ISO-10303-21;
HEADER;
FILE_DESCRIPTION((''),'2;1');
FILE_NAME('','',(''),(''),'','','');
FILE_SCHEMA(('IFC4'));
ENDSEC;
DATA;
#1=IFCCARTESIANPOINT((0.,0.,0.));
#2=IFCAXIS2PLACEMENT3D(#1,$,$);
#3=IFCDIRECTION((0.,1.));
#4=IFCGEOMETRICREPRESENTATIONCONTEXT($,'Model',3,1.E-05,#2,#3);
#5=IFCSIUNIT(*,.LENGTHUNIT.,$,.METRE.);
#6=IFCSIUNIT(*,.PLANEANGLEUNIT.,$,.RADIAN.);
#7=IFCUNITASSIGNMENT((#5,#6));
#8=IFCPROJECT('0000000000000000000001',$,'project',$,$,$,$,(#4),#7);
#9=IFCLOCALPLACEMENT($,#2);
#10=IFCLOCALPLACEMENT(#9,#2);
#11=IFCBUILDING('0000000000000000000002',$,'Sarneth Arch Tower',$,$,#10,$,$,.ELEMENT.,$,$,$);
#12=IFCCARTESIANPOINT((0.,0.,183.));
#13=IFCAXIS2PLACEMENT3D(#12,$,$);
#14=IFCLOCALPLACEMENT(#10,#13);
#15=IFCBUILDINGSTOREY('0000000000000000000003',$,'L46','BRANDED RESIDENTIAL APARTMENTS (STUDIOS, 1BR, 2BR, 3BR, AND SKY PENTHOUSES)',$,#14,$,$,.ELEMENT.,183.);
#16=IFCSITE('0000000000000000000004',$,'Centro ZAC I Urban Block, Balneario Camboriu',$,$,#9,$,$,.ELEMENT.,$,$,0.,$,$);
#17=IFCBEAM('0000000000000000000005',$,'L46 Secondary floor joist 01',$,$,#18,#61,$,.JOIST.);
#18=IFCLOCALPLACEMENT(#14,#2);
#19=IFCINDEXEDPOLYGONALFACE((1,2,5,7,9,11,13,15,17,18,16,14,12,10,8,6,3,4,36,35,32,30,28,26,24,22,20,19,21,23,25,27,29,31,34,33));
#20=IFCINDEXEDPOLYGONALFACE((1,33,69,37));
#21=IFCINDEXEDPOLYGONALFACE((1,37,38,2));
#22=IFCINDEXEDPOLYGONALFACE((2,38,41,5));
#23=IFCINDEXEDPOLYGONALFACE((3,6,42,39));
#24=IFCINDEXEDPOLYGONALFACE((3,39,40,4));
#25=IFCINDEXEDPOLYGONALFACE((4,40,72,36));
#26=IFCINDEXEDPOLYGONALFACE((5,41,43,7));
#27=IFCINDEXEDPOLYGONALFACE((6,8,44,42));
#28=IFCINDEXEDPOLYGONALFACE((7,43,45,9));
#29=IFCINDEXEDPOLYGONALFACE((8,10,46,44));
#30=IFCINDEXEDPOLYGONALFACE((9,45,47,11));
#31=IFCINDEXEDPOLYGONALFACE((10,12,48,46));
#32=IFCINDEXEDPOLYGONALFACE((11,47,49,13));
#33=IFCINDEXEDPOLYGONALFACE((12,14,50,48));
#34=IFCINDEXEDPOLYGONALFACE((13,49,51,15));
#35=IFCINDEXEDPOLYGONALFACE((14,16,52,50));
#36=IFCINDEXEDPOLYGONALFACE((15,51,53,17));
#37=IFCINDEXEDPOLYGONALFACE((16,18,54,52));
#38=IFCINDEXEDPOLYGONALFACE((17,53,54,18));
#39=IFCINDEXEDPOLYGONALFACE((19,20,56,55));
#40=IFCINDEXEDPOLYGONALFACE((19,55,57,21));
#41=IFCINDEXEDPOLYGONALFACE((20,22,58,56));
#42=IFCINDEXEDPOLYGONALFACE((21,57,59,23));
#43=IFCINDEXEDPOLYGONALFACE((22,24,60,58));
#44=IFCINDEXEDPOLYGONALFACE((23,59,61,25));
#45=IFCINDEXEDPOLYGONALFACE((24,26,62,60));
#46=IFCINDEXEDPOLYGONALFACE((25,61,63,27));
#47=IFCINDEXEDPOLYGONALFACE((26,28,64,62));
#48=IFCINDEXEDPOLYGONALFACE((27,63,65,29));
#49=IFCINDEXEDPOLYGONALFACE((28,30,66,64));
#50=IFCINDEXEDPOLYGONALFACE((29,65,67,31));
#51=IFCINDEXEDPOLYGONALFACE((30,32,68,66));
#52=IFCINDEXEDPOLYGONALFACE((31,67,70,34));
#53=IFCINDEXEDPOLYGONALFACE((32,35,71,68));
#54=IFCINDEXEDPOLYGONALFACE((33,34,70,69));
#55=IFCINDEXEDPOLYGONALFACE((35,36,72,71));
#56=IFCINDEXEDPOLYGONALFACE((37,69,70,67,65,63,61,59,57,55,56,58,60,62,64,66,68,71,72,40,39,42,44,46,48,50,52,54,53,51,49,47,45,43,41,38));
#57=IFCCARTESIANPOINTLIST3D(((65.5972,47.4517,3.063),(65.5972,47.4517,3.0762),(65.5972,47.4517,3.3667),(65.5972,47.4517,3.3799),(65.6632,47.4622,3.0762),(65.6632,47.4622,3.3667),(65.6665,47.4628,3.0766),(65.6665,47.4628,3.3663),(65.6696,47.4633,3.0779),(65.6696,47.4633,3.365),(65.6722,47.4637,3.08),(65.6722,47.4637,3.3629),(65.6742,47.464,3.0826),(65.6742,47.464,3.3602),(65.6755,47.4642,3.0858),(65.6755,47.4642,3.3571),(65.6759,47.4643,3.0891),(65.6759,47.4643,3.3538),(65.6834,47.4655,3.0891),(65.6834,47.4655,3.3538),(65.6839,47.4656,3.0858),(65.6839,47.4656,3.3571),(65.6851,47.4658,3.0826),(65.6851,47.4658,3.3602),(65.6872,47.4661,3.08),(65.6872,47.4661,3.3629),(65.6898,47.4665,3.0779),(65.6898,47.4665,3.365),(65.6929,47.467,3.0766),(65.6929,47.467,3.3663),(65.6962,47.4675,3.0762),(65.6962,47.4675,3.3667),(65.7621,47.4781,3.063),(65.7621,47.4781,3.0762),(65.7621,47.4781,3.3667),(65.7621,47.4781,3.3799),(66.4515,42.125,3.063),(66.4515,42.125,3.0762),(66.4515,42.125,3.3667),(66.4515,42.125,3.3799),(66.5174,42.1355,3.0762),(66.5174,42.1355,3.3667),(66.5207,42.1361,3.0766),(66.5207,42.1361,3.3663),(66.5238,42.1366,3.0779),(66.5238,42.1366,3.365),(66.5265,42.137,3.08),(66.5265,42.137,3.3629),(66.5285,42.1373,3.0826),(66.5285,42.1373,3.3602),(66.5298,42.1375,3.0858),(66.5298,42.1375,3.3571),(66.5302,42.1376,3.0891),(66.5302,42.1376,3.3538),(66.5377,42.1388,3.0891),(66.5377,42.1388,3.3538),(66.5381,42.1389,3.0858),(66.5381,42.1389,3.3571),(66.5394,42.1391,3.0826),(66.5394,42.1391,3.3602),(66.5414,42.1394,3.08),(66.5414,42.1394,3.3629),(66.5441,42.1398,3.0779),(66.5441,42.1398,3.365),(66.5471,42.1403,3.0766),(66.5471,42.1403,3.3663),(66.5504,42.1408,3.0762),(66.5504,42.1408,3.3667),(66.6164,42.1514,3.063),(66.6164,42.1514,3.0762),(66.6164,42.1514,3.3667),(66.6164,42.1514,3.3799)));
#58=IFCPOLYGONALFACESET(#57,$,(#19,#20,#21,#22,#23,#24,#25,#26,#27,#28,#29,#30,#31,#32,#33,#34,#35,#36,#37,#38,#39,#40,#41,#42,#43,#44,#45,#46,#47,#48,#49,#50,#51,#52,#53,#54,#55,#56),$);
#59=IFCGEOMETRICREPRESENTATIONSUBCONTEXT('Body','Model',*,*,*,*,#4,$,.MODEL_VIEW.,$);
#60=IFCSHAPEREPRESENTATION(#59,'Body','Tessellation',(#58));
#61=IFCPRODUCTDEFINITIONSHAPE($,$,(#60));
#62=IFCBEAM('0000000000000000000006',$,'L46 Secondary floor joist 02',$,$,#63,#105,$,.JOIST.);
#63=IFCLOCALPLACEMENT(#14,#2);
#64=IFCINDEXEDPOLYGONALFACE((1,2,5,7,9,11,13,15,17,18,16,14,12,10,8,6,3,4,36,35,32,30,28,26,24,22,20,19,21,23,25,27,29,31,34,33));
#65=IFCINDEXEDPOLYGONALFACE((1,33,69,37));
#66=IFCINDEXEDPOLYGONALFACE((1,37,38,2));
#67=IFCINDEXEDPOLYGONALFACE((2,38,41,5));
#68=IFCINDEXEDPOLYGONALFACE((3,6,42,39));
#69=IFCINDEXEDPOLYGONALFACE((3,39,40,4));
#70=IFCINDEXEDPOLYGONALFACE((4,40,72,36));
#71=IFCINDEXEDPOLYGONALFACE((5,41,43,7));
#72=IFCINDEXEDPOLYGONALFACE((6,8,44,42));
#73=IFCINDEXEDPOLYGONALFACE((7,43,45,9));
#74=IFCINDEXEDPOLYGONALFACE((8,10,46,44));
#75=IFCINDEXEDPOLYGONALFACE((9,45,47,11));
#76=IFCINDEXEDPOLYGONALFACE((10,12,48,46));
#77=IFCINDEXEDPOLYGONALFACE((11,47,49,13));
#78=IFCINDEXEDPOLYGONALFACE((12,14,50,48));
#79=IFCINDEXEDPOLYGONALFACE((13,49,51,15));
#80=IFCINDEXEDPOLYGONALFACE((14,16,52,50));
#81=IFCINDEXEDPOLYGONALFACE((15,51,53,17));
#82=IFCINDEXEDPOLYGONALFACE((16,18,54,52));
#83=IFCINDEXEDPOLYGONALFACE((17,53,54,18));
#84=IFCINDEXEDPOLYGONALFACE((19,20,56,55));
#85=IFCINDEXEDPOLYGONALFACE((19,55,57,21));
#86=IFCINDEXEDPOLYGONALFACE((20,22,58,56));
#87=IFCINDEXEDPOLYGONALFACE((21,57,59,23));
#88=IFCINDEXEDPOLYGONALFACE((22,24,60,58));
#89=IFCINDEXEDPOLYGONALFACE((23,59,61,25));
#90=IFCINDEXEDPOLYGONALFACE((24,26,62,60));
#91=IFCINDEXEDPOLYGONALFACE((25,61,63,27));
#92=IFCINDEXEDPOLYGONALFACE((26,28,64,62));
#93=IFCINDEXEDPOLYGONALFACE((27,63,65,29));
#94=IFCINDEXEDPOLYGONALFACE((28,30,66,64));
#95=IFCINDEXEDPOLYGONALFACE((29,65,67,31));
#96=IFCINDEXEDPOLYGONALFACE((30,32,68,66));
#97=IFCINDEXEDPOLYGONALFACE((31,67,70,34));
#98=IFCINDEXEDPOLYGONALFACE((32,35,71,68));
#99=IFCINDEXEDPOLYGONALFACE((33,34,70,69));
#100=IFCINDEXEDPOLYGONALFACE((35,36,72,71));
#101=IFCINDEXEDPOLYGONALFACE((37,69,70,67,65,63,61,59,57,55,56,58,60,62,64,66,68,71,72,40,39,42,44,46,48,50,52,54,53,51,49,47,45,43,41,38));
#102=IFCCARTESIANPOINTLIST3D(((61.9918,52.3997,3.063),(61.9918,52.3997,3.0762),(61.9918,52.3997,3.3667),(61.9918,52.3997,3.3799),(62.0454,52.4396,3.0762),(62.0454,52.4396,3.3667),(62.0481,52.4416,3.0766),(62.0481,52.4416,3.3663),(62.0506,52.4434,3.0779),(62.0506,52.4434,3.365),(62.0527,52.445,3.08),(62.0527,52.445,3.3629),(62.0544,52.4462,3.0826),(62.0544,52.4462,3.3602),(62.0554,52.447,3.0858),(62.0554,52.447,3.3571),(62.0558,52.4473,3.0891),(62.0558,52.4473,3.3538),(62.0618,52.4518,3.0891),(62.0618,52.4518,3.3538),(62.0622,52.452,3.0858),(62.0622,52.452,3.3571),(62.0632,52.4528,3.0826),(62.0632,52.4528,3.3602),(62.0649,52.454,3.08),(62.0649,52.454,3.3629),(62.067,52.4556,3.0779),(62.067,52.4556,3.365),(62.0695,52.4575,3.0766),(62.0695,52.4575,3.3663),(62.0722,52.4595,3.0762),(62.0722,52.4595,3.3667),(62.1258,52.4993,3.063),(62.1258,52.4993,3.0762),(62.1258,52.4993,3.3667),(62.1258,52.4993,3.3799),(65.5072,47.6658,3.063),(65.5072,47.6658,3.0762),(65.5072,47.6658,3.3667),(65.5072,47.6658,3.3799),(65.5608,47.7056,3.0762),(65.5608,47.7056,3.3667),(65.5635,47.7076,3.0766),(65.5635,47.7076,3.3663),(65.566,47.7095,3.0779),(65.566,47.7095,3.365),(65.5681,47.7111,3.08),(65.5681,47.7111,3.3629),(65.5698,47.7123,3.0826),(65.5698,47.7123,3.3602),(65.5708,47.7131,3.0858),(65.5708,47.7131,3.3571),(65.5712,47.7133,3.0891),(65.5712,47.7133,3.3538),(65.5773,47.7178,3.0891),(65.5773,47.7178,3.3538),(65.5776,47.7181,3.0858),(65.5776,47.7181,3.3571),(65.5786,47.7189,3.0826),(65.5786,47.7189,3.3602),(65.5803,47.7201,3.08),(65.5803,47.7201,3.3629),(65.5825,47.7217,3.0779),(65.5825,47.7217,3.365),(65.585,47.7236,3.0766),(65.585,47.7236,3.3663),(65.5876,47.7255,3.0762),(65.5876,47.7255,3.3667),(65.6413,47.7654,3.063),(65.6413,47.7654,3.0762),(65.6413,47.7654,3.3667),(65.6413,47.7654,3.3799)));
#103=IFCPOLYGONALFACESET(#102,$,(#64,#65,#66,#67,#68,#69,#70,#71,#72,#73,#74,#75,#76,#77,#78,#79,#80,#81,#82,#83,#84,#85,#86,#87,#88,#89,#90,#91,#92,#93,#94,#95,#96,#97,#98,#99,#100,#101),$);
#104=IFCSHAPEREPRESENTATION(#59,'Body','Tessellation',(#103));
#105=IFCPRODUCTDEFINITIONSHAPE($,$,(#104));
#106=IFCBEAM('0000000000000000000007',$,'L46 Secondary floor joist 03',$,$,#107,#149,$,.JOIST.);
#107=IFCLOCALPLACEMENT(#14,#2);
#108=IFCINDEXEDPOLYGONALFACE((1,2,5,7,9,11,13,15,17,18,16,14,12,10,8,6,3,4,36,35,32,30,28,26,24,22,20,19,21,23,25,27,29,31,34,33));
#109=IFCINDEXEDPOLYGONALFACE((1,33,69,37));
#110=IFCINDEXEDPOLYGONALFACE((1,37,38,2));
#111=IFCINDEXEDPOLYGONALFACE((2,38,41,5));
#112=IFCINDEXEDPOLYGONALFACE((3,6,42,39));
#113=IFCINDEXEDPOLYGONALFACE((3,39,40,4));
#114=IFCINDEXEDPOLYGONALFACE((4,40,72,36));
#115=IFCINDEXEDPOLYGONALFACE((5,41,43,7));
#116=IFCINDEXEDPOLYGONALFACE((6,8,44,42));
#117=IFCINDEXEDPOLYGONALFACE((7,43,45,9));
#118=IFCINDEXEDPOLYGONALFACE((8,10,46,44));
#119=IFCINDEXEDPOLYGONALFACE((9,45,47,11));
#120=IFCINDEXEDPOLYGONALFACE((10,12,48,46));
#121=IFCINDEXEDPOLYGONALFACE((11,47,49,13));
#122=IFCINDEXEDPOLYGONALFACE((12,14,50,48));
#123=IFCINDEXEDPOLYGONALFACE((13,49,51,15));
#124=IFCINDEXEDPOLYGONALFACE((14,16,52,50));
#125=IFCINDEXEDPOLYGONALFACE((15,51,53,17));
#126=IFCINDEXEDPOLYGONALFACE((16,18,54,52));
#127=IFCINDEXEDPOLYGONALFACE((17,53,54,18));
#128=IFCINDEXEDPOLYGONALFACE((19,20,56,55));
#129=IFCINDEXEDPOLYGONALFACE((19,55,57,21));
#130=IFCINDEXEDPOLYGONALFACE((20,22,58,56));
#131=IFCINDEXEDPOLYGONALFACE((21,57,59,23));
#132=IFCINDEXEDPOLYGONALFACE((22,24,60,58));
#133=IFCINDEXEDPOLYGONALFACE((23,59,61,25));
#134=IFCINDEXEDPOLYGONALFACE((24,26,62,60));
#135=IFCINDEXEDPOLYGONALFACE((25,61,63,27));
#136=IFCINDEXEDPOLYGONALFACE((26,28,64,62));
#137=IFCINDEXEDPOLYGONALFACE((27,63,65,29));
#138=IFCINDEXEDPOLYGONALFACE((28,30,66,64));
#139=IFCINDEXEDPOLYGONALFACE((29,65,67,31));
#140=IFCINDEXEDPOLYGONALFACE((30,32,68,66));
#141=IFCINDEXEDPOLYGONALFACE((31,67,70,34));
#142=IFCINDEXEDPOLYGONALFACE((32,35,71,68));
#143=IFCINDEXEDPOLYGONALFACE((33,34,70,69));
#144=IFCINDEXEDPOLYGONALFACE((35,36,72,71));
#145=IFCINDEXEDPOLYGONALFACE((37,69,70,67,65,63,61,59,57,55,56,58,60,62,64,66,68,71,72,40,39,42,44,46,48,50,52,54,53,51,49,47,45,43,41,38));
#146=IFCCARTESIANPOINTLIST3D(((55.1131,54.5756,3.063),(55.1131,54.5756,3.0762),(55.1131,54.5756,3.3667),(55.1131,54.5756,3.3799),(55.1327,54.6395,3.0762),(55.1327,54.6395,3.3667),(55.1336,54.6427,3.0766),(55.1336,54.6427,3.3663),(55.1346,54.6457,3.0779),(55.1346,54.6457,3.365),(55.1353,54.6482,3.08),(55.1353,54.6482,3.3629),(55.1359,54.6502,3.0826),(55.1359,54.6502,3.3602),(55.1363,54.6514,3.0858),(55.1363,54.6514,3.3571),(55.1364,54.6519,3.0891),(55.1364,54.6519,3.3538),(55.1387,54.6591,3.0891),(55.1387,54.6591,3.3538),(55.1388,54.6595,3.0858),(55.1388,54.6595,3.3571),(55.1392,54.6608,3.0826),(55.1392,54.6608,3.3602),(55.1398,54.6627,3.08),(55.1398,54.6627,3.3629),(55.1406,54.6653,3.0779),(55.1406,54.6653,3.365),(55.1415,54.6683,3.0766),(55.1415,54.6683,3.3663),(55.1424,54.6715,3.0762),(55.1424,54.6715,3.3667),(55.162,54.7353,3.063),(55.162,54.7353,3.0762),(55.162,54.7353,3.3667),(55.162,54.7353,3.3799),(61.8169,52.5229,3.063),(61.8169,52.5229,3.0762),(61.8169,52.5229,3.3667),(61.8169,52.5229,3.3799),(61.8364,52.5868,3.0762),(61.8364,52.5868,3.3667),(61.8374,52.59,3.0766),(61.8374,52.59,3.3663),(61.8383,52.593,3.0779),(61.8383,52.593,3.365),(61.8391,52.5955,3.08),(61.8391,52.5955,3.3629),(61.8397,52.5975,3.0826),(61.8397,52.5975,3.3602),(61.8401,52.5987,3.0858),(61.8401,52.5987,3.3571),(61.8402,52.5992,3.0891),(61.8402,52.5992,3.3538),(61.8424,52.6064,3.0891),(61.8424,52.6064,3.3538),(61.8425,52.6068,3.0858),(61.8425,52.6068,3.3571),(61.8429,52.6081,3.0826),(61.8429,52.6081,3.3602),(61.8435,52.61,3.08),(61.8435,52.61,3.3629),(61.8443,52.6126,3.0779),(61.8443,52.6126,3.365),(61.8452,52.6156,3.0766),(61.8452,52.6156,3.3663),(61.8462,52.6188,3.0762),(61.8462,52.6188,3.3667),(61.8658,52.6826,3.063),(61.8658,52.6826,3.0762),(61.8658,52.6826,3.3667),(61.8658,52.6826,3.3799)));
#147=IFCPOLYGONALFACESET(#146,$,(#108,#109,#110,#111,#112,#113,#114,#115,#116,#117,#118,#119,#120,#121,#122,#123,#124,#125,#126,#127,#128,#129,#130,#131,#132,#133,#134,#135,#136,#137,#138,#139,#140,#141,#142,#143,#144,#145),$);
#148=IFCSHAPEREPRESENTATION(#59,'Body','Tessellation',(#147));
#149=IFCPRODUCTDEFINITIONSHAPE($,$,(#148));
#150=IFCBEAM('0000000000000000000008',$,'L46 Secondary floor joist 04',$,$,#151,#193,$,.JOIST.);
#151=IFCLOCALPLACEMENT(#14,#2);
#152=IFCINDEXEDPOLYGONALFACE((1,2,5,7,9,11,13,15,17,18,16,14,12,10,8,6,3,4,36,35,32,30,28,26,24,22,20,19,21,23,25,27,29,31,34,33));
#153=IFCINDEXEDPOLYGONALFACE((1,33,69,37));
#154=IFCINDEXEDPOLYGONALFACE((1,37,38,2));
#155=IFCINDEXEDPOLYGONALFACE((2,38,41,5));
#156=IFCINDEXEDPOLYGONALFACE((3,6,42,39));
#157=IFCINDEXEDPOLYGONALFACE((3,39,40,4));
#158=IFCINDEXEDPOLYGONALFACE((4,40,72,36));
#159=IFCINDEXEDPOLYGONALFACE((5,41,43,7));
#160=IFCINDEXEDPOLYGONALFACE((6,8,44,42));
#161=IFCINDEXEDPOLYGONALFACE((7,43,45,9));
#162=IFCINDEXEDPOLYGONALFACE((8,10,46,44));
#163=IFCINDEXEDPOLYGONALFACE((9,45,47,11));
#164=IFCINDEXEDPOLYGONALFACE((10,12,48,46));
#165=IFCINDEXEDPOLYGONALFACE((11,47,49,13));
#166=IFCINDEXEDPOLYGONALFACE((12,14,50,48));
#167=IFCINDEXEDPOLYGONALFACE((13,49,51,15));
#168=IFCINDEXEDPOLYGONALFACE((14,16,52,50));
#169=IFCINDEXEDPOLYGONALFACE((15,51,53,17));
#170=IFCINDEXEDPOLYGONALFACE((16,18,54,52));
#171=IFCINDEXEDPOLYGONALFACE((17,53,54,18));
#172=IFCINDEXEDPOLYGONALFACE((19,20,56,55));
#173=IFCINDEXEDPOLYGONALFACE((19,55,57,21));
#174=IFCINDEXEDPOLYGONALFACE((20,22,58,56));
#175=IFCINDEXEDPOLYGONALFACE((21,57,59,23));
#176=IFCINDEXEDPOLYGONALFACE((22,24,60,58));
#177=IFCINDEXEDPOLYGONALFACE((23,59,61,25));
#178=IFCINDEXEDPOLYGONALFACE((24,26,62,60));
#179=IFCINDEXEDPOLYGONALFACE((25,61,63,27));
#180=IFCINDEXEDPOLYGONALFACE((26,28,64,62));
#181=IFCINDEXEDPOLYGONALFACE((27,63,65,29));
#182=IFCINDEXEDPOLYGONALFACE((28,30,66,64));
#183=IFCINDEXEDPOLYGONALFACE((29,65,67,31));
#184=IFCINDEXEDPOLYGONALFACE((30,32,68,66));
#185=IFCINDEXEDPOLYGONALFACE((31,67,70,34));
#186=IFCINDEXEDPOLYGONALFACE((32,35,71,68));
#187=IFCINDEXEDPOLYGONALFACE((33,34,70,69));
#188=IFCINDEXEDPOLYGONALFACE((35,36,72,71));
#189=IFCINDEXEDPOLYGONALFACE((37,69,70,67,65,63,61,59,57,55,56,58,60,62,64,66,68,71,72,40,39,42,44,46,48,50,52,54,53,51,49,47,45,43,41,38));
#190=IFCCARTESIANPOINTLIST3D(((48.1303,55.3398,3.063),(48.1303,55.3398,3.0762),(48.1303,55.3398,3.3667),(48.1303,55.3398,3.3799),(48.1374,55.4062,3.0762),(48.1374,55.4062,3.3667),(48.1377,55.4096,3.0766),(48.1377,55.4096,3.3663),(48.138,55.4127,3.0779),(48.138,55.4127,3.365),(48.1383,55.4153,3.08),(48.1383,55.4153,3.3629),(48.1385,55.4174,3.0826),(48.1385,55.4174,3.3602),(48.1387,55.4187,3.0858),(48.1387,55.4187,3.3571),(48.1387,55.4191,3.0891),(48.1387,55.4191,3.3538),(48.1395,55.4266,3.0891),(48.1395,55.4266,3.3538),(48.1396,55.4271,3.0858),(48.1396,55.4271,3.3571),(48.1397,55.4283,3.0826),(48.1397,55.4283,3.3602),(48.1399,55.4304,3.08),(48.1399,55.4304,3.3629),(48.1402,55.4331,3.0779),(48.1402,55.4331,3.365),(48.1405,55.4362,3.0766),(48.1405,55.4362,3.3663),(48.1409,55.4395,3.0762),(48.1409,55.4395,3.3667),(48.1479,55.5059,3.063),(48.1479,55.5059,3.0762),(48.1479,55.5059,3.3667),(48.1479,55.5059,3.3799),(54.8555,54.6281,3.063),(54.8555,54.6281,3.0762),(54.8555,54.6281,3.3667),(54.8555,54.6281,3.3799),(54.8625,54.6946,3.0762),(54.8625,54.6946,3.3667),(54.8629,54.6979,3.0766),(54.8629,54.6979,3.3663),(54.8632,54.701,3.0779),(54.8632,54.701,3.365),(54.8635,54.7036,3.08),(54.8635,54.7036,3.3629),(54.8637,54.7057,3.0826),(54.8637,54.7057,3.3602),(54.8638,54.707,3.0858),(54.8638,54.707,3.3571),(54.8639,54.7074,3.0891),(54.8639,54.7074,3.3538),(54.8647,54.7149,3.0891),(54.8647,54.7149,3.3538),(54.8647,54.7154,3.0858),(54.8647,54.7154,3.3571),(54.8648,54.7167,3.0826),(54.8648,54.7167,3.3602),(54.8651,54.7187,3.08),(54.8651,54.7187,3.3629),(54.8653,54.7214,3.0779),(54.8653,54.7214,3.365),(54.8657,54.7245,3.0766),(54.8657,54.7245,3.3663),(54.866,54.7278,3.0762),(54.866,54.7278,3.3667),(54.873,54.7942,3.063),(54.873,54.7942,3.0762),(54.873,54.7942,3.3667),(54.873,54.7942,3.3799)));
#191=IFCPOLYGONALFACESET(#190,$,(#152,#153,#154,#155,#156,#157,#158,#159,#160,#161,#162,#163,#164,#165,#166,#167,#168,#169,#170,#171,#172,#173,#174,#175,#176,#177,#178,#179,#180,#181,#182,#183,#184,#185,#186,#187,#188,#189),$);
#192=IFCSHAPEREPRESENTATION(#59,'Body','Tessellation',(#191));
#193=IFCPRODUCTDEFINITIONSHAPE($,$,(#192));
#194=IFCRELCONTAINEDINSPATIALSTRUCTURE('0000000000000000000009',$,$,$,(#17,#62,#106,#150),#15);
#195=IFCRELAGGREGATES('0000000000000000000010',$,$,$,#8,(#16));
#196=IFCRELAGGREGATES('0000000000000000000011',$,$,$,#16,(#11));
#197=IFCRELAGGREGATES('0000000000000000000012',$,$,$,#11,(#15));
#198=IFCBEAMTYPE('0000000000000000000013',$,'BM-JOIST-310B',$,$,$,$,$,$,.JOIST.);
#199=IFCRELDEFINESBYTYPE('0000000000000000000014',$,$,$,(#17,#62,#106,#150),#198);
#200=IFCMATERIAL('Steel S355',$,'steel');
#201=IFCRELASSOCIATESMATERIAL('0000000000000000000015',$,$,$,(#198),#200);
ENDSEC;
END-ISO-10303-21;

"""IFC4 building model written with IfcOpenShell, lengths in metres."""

from ifc_helpers import new_model, si_unit, direction, frame, origin, origin_2d, place, context, subcontext, project, spatial, i_section, extrude, material, material_profile, profile_set, type_object, element, save


model = new_model("IFC4")

# Units and contexts
model_context = context("Model", 3, precision=1e-05, world=origin(), true_north=direction((0.0, 1.0)))
body_context = subcontext(model_context, "Body", "Model", "MODEL_VIEW")
ifc_project = project(units=[si_unit("LENGTHUNIT", "METRE"), si_unit("PLANEANGLEUNIT", "RADIAN")], contexts=[model_context])

# Site, building, storey
site_placement = place(None, origin())
site = spatial("IfcSite", under=ifc_project, at=site_placement, Name="Centro ZAC I Urban Block, Balneario Camboriu", CompositionType="ELEMENT", RefElevation=0.0)
building_placement = place(site_placement, origin())
building = spatial("IfcBuilding", under=site, at=building_placement, Name="Sarneth Arch Tower", CompositionType="ELEMENT")
storey_placement = place(building_placement, frame((0.0, 0.0, 183.0)))
storey = spatial("IfcBuildingStorey", under=building, at=storey_placement, Name="L46", Description="BRANDED RESIDENTIAL APARTMENTS (STUDIOS, 1BR, 2BR, 3BR, AND SKY PENTHOUSES)", CompositionType="ELEMENT", Elevation=183.0)

# Beams
ifc_material_1 = material(Name="Steel S355", Category="steel")
ifc_material_profile_1 = material_profile(ifc_material_1, i_section(OverallWidth=0.167, OverallDepth=0.3169, WebThickness=0.0076, FlangeThickness=0.0132, FilletRadius=0.0129, at=origin_2d()), Name="W310x52")
ifc_profile_set_1 = profile_set([ifc_material_profile_1], Name="Steel S355")
beam_type_1 = type_object("IfcBeamType", Name="BM-JOIST-310B", PredefinedType="JOIST", material=ifc_profile_set_1)
beam_1_placement = place(storey_placement, frame((66.5339, 42.1382, 3.2214), z_axis=(-0.158349, 0.987383, 0.0), x_axis=(-0.987383, -0.158349, 0.0)))
element("IfcBeam", 1, at=beam_1_placement, inside=storey, type_object=beam_type_1, Name="L46 Secondary floor joist 01", PredefinedType="JOIST", context=body_context, shape_type="SweptSolid", body=[
    extrude(i_section(OverallWidth=0.167, OverallDepth=0.3169, WebThickness=0.0076, FlangeThickness=0.0132, FilletRadius=0.0129, at=origin_2d()), origin(), (0.0, 0.0, 1.0), 5.3948),
])
beam_2_placement = place(storey_placement, frame((65.5742, 47.7156, 3.2214), z_axis=(-0.596191, 0.802843, 0.0), x_axis=(-0.802843, -0.596191, 0.0)))
element("IfcBeam", 2, at=beam_2_placement, inside=storey, type_object=beam_type_1, Name="L46 Secondary floor joist 02", PredefinedType="JOIST", context=body_context, shape_type="SweptSolid", body=[
    extrude(i_section(OverallWidth=0.167, OverallDepth=0.3169, WebThickness=0.0076, FlangeThickness=0.0132, FilletRadius=0.0129, at=origin_2d()), origin(), (0.0, 0.0, 1.0), 5.8965),
])
beam_3_placement = place(storey_placement, frame((61.8413, 52.6028, 3.2214), z_axis=(-0.956179, 0.292784, 0.0), x_axis=(-0.292784, -0.956179, 0.0)))
element("IfcBeam", 3, at=beam_3_placement, inside=storey, type_object=beam_type_1, Name="L46 Secondary floor joist 03", PredefinedType="JOIST", context=body_context, shape_type="SweptSolid", body=[
    extrude(i_section(OverallWidth=0.167, OverallDepth=0.3169, WebThickness=0.0076, FlangeThickness=0.0132, FilletRadius=0.0129, at=origin_2d()), origin(), (0.0, 0.0, 1.0), 7.011),
])
beam_4_placement = place(storey_placement, frame((54.8643, 54.7112, 3.2214), z_axis=(-0.994447, 0.105235, 0.0), x_axis=(-0.105235, -0.994447, 0.0)))
element("IfcBeam", 4, at=beam_4_placement, inside=storey, type_object=beam_type_1, Name="L46 Secondary floor joist 04", PredefinedType="JOIST", context=body_context, shape_type="SweptSolid", body=[
    extrude(i_section(OverallWidth=0.167, OverallDepth=0.3169, WebThickness=0.0076, FlangeThickness=0.0132, FilletRadius=0.0129, at=origin_2d()), origin(), (0.0, 0.0, 1.0), 6.7627),
])

save(model, "model.ifc")
